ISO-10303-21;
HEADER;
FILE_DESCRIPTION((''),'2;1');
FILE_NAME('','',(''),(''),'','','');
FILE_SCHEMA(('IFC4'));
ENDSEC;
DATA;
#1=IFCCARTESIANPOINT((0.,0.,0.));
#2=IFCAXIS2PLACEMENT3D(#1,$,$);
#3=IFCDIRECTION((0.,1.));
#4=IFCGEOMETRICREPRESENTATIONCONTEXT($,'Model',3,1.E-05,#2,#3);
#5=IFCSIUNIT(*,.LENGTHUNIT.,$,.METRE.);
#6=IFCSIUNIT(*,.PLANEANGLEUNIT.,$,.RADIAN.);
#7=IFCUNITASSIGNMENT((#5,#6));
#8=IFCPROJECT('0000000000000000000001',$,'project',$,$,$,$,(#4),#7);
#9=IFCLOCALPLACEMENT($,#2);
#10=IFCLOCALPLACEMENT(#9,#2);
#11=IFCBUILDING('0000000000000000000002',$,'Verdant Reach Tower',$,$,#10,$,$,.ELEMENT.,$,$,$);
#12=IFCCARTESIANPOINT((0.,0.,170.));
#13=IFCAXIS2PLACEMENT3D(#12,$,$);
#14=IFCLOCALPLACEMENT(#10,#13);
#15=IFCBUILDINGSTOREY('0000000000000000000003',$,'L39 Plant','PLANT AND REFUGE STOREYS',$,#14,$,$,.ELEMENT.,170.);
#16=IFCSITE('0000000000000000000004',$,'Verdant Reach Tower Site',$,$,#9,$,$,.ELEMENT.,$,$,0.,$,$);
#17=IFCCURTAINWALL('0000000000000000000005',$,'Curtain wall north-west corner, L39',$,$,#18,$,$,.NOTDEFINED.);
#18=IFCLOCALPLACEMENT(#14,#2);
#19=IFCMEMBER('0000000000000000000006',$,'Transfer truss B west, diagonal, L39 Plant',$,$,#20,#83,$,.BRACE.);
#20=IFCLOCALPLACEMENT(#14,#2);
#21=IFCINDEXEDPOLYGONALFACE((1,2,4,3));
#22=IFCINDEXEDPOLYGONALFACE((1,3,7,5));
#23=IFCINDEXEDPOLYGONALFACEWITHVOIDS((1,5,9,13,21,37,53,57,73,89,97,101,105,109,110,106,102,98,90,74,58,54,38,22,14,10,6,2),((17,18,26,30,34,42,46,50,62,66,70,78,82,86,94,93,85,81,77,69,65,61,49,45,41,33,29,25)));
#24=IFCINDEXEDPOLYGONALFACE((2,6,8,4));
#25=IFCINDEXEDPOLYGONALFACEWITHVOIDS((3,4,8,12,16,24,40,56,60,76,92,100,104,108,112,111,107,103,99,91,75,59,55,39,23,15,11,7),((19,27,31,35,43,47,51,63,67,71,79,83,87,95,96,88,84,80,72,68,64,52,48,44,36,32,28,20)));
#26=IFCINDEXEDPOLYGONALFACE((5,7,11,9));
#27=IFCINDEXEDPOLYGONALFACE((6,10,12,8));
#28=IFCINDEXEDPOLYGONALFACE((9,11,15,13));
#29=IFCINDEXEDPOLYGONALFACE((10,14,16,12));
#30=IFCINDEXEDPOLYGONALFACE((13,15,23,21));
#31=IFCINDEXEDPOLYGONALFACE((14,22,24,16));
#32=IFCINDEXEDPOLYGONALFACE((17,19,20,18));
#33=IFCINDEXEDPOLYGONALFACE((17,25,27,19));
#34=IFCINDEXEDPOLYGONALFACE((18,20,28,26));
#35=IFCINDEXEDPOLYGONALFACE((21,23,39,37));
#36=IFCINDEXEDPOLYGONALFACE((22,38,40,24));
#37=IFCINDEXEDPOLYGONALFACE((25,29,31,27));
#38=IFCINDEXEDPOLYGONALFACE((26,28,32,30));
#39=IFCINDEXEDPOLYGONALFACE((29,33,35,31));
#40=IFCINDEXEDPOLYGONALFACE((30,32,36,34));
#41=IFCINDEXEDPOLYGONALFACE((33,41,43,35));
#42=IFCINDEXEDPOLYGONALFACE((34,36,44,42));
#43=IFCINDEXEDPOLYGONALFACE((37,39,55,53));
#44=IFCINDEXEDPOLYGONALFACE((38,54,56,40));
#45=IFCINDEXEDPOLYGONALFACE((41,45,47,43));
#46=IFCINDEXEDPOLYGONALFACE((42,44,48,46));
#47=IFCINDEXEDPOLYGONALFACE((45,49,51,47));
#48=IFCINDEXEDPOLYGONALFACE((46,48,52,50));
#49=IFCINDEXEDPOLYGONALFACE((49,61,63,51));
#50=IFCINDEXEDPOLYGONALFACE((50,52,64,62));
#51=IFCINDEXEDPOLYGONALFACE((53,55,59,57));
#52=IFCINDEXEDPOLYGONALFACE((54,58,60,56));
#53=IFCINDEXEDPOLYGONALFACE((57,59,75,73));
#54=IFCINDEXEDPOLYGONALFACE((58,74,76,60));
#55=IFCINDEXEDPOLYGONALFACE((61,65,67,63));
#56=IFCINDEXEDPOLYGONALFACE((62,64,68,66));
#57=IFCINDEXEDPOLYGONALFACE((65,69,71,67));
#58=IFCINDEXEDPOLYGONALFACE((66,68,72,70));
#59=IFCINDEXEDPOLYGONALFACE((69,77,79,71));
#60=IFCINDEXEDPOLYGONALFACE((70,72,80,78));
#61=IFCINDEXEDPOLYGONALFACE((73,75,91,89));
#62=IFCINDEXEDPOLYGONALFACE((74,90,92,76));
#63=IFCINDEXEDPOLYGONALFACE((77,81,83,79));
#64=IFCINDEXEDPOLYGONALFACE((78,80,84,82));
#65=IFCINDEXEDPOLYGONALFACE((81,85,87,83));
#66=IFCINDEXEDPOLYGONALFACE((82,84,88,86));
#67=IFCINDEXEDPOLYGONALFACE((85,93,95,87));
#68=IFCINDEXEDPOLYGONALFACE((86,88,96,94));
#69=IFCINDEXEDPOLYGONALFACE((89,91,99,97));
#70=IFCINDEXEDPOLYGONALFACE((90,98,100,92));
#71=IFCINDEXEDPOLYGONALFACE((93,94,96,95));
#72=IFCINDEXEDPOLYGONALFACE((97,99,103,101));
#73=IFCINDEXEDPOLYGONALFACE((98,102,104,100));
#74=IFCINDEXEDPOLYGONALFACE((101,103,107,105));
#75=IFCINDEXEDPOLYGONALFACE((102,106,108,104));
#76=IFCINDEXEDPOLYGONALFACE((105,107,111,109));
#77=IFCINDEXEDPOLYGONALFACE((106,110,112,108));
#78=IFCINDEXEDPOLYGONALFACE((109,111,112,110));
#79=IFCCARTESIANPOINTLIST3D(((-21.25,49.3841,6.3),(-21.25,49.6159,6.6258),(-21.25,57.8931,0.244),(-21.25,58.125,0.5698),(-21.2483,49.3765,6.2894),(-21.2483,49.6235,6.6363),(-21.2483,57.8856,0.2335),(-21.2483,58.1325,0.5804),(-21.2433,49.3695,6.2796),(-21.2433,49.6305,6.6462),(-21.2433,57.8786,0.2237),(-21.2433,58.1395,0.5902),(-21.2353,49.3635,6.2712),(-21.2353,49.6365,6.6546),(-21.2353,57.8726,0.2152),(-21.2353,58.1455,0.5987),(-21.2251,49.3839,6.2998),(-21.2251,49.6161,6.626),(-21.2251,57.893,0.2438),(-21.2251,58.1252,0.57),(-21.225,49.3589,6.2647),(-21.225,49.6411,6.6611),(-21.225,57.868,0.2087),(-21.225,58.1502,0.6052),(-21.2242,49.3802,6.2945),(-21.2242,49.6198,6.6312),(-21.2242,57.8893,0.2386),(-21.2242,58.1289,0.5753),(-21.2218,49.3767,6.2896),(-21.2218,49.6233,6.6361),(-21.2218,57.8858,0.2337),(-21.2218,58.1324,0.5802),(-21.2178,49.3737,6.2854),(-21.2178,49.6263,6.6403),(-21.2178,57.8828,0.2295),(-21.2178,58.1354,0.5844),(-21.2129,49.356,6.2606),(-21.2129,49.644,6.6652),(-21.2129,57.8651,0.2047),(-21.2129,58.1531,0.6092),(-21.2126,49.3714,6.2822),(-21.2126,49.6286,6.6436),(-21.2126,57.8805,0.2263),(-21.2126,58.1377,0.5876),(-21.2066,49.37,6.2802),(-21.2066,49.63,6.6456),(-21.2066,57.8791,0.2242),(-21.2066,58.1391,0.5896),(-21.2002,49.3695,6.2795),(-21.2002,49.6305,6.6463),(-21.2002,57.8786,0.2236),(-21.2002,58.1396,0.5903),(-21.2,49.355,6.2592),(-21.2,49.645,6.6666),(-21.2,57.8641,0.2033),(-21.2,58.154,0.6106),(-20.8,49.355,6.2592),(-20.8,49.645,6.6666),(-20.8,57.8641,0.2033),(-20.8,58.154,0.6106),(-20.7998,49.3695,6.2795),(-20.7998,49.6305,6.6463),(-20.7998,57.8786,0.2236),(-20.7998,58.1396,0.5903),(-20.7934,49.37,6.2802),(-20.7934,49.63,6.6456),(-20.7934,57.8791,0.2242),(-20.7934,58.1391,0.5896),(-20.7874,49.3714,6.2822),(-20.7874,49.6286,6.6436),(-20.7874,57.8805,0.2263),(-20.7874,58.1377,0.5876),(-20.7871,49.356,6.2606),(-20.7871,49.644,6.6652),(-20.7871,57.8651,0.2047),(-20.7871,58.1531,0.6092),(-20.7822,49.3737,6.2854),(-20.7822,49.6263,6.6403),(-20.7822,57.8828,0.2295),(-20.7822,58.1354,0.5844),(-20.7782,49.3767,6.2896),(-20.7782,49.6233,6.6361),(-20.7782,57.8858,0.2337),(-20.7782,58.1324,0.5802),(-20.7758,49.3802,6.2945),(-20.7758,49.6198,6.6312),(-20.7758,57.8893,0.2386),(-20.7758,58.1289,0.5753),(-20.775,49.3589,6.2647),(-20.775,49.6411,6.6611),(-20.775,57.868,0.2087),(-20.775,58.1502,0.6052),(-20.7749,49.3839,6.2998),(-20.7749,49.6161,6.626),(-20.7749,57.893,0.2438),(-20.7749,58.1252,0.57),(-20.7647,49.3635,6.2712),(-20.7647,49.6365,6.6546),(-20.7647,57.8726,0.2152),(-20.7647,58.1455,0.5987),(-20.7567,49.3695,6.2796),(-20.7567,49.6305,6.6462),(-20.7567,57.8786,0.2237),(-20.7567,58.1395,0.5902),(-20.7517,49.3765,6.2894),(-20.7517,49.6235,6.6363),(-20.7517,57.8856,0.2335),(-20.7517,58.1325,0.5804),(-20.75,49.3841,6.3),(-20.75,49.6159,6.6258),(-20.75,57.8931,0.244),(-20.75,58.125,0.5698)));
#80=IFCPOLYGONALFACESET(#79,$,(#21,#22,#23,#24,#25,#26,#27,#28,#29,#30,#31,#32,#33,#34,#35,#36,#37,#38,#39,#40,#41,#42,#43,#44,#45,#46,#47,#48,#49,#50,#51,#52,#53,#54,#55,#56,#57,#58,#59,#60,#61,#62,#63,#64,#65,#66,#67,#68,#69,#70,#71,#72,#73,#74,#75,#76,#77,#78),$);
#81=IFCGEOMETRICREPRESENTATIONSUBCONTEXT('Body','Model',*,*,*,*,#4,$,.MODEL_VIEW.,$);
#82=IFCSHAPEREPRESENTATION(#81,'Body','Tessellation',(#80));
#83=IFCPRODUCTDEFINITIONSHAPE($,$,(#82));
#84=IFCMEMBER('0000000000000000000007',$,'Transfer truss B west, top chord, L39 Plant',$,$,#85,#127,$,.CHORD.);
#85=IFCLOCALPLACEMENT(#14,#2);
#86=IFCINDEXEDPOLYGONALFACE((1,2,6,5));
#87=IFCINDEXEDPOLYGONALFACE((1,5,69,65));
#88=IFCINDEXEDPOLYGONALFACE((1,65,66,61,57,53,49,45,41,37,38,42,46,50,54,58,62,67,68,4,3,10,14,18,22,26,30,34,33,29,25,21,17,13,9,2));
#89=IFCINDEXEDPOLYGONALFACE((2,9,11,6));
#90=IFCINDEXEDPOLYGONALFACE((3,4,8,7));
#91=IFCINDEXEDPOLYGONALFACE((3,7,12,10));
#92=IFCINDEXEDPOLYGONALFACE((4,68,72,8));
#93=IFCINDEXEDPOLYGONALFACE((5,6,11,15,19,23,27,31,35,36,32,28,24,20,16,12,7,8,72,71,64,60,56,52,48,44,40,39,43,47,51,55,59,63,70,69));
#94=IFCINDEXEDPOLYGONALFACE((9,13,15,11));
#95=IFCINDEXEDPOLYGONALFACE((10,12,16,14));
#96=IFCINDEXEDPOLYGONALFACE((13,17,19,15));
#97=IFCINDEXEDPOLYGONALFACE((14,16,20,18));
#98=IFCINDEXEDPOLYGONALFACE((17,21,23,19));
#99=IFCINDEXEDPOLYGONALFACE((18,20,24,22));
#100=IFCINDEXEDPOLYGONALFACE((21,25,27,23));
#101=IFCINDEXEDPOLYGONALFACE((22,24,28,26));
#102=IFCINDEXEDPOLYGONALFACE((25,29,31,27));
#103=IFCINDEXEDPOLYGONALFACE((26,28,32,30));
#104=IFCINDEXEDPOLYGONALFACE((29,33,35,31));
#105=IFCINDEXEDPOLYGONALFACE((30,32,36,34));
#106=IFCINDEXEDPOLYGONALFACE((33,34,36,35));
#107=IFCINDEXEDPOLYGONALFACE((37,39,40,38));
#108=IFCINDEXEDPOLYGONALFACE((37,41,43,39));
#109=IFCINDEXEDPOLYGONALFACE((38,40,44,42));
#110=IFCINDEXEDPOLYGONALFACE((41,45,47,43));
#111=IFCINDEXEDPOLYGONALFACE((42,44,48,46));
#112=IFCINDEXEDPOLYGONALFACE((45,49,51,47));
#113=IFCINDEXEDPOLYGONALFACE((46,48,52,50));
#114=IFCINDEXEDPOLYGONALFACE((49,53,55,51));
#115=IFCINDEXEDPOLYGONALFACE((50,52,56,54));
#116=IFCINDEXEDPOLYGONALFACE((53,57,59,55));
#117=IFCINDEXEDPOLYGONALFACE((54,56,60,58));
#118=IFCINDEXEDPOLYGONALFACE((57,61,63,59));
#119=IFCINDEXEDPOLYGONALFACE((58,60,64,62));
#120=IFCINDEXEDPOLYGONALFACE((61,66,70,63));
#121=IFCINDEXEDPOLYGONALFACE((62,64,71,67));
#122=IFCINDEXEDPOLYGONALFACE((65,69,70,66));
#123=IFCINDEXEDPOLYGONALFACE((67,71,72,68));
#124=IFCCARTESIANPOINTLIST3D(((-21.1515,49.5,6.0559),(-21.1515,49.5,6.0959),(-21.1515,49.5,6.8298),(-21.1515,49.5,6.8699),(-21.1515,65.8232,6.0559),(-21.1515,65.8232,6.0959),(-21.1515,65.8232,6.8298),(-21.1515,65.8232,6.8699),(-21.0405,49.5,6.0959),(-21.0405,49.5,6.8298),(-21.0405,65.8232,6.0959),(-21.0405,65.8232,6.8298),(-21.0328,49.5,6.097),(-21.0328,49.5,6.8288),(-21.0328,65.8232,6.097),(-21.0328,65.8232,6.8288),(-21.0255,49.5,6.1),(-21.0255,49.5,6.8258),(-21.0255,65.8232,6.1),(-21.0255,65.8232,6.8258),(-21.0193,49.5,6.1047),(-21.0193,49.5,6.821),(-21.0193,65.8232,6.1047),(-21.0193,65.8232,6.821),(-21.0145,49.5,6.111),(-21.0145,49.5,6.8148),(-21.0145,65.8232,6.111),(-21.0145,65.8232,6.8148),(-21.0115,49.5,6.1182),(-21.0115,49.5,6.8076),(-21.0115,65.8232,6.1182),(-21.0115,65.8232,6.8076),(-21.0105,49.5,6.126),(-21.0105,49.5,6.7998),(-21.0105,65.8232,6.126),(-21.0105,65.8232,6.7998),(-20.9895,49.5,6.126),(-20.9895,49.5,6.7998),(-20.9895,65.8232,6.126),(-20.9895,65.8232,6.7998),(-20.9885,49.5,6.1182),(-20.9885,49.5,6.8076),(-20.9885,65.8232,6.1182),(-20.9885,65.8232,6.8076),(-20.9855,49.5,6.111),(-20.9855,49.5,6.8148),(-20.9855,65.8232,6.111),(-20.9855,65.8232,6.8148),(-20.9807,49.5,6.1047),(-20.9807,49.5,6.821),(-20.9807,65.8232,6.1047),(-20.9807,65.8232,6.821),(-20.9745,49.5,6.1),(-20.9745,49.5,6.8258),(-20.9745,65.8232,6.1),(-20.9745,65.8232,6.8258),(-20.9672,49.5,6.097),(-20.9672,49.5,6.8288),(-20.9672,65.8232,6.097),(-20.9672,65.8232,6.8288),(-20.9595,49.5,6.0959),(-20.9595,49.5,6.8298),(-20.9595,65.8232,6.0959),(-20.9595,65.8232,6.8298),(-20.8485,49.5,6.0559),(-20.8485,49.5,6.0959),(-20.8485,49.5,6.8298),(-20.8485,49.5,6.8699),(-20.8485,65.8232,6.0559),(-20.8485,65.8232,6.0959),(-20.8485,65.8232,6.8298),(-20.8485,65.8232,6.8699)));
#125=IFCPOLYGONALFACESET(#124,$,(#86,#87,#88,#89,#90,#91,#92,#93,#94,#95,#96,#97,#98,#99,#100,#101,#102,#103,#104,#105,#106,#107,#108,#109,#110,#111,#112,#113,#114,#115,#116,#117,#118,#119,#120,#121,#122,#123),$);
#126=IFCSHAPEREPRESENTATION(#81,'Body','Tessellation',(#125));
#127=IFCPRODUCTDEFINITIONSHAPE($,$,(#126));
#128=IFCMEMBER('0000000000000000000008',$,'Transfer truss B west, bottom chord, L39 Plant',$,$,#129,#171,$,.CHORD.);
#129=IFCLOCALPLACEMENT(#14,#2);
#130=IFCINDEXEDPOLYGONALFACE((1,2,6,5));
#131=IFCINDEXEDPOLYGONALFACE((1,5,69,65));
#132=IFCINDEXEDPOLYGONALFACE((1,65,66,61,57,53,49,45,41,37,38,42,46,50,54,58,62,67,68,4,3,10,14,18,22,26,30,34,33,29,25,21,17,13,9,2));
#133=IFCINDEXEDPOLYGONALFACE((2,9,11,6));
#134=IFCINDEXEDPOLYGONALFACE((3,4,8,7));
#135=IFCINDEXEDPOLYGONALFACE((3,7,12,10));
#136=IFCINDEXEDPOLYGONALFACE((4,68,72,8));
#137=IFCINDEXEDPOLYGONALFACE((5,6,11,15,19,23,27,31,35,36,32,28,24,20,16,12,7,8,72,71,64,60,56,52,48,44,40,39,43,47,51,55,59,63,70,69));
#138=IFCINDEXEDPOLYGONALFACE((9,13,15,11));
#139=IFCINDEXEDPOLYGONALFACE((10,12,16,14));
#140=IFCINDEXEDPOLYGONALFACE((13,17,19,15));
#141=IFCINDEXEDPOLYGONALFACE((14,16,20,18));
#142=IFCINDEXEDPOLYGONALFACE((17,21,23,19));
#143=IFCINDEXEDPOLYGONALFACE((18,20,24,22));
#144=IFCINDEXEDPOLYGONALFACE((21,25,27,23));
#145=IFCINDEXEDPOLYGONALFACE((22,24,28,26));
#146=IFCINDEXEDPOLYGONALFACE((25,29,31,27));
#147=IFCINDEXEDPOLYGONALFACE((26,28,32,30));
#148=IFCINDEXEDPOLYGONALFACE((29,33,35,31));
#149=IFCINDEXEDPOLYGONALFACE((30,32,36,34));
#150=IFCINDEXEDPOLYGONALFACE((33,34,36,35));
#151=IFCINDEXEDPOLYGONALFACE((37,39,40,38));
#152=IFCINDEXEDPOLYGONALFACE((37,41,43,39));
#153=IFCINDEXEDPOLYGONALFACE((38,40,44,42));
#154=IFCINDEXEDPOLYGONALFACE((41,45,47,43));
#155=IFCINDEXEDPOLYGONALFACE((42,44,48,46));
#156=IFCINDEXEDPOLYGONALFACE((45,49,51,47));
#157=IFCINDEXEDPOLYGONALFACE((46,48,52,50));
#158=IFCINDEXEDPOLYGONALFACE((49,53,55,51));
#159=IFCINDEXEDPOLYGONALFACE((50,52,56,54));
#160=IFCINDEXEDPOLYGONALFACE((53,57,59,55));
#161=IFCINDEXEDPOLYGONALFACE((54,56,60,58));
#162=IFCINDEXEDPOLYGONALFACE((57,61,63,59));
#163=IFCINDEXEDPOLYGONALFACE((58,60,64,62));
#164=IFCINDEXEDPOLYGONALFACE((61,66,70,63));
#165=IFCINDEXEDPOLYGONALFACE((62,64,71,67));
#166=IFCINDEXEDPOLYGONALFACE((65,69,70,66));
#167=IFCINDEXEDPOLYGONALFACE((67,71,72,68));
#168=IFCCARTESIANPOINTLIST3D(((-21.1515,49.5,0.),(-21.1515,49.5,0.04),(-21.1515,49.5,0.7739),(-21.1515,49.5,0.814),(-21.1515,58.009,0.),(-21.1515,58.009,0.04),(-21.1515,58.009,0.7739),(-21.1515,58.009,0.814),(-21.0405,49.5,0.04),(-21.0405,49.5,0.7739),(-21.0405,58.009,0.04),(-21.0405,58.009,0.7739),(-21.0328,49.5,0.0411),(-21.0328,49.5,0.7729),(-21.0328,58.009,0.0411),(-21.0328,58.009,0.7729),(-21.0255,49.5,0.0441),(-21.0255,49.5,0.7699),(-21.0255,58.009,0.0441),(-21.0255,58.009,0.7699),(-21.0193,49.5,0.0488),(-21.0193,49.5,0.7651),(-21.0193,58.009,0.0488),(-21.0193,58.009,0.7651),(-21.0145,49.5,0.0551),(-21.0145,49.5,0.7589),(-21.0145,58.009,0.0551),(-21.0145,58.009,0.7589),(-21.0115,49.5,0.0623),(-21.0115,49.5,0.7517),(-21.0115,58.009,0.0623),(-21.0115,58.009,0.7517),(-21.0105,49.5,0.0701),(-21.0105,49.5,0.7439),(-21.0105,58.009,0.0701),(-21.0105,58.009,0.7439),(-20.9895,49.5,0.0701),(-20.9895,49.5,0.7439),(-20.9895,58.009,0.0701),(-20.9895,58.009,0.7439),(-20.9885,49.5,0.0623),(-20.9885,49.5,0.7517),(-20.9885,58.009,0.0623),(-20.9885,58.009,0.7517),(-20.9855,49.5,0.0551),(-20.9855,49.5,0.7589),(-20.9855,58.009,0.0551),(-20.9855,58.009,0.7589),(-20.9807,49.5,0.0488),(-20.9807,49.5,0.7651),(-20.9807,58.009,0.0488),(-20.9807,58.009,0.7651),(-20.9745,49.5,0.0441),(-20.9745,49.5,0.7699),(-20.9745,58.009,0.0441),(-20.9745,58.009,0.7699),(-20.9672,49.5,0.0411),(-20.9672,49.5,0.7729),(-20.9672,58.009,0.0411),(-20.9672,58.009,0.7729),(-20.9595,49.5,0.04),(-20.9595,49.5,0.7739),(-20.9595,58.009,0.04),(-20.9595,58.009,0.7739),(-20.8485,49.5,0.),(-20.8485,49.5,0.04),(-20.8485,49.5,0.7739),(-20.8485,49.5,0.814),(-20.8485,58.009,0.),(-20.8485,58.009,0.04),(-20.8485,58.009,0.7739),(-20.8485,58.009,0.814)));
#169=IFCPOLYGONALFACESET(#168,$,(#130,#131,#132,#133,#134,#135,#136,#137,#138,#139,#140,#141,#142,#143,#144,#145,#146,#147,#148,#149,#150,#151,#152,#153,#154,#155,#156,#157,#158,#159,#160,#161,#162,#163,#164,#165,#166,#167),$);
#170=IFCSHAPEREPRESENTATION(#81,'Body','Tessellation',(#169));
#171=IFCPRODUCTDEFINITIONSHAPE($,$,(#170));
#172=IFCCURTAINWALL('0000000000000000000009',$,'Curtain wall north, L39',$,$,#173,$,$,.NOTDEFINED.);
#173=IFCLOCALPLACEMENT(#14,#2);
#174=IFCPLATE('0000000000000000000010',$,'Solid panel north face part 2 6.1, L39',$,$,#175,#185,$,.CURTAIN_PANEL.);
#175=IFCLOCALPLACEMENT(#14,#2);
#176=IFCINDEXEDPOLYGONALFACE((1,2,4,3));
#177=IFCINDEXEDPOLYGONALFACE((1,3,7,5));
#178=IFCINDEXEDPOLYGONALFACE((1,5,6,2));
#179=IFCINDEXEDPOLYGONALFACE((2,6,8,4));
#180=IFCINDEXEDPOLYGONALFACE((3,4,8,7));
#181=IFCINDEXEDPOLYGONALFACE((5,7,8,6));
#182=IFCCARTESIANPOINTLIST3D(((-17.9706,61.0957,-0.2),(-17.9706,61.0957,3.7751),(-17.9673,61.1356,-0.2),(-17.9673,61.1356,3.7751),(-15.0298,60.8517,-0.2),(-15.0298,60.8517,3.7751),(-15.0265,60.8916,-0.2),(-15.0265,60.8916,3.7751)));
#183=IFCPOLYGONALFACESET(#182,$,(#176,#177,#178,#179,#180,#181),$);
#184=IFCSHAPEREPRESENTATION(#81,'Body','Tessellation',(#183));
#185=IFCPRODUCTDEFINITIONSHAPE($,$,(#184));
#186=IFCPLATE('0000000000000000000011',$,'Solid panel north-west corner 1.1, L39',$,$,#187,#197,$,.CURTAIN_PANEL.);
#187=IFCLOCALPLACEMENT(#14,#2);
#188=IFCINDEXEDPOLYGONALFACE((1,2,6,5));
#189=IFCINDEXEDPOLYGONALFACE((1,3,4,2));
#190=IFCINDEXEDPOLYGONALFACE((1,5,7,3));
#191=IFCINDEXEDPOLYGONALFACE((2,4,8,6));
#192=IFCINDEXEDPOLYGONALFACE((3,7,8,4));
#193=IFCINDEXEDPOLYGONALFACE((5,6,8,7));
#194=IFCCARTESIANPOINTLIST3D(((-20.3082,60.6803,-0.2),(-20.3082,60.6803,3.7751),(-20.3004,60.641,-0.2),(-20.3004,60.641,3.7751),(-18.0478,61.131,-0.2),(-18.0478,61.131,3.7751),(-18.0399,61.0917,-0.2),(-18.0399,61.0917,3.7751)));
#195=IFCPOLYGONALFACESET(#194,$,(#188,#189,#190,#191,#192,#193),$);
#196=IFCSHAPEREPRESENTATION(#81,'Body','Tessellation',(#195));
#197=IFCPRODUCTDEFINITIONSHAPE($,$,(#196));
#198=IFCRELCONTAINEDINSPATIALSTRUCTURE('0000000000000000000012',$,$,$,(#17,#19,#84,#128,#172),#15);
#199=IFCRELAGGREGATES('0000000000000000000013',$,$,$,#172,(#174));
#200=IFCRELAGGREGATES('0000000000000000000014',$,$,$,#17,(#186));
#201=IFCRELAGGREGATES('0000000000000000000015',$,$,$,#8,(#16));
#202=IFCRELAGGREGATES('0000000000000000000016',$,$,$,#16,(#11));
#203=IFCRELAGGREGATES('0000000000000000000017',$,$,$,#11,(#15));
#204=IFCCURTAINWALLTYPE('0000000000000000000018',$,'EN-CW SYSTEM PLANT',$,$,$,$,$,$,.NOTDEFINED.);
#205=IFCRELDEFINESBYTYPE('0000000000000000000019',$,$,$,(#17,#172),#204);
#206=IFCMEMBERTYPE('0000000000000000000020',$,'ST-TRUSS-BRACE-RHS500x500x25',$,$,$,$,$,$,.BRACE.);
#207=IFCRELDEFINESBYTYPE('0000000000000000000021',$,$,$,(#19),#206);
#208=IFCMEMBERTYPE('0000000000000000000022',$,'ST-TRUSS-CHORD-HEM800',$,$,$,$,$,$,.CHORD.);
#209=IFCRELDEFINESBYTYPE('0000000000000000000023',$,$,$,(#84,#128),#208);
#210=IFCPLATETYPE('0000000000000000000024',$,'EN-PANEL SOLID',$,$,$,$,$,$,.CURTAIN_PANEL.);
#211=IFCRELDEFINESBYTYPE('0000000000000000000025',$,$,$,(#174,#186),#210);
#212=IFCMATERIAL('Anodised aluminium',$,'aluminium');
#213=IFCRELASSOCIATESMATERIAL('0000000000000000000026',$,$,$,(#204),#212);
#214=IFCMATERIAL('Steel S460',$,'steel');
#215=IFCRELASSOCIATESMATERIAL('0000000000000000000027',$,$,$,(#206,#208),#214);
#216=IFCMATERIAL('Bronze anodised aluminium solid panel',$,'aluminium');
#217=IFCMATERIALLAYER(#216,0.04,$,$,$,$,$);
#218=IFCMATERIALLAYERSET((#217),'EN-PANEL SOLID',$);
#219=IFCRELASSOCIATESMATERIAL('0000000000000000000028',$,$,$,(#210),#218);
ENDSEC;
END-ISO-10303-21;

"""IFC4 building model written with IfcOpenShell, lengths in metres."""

from ifc_helpers import new_model, si_unit, direction, frame, origin, origin_2d, place, context, subcontext, project, spatial, rectangle, hollow_rectangle, i_section, extrude, material, layer, layer_set, material_profile, profile_set, type_object, element, aggregate, save


model = new_model("IFC4")

# Units and contexts
model_context = context("Model", 3, precision=1e-05, world=origin(), true_north=direction((0.0, 1.0)))
body_context = subcontext(model_context, "Body", "Model", "MODEL_VIEW")
ifc_project = project(units=[si_unit("LENGTHUNIT", "METRE"), si_unit("PLANEANGLEUNIT", "RADIAN")], contexts=[model_context])

# Site, building, storey
site_placement = place(None, origin())
site = spatial("IfcSite", under=ifc_project, at=site_placement, Name="Verdant Reach Tower Site", CompositionType="ELEMENT", RefElevation=0.0)
building_placement = place(site_placement, origin())
building = spatial("IfcBuilding", under=site, at=building_placement, Name="Verdant Reach Tower", CompositionType="ELEMENT")
storey_placement = place(building_placement, frame((0.0, 0.0, 170.0)))
storey = spatial("IfcBuildingStorey", under=building, at=storey_placement, Name="L39 Plant", Description="PLANT AND REFUGE STOREYS", CompositionType="ELEMENT", Elevation=170.0)

# Shared definitions
ifc_material_1 = material(Name="Steel S460", Category="steel")

# Curtain wall
ifc_material_2 = material(Name="Anodised aluminium", Category="aluminium")
curtain_wall_type = type_object("IfcCurtainWallType", Name="EN-CW SYSTEM PLANT", PredefinedType="NOTDEFINED", material=ifc_material_2)
curtain_wall_1_placement = place(storey_placement, origin())
curtain_wall_1 = element("IfcCurtainWall", 1, at=curtain_wall_1_placement, inside=storey, type_object=curtain_wall_type, Name="Curtain wall north-west corner, L39", PredefinedType="NOTDEFINED")

# Members
ifc_material_profile_1 = material_profile(ifc_material_1, hollow_rectangle(XDim=0.5, YDim=0.5, WallThickness=0.0249, InnerFilletRadius=0.0249, OuterFilletRadius=0.05, at=origin_2d()), Name="RHS 500x500x25")
ifc_profile_set_1 = profile_set([ifc_material_profile_1], Name="Steel S460")
member_type_1 = type_object("IfcMemberType", Name="ST-TRUSS-BRACE-RHS500x500x25", PredefinedType="BRACE", material=ifc_profile_set_1)
member_1_placement = place(storey_placement, frame((-21.0, 49.5, 6.4629), z_axis=(0.0, 0.814727, -0.579844), x_axis=(-1.0, 0.0, 0.0)))
element("IfcMember", 2, at=member_1_placement, inside=storey, type_object=member_type_1, Name="Transfer truss B west, diagonal, L39 Plant", PredefinedType="BRACE", context=body_context, shape_type="SweptSolid", body=[
    extrude(hollow_rectangle(XDim=0.5, YDim=0.5, WallThickness=0.0249, InnerFilletRadius=0.0249, OuterFilletRadius=0.05, at=origin_2d()), origin(), (0.0, 0.0, 1.0), 10.4441),
])
ifc_material_profile_2 = material_profile(ifc_material_1, i_section(OverallWidth=0.303, OverallDepth=0.814, WebThickness=0.021, FlangeThickness=0.04, FilletRadius=0.03, at=origin_2d()), Name="HEM 800")
ifc_profile_set_2 = profile_set([ifc_material_profile_2], Name="Steel S460")
member_type_2 = type_object("IfcMemberType", Name="ST-TRUSS-CHORD-HEM800", PredefinedType="CHORD", material=ifc_profile_set_2)
member_2_placement = place(storey_placement, frame((-21.0, 49.5, 6.4629), z_axis=(0.0, 1.0, 0.0), x_axis=(-1.0, 0.0, 0.0)))
element("IfcMember", 3, at=member_2_placement, inside=storey, type_object=member_type_2, Name="Transfer truss B west, top chord, L39 Plant", PredefinedType="CHORD", context=body_context, shape_type="SweptSolid", body=[
    extrude(i_section(OverallWidth=0.303, OverallDepth=0.814, WebThickness=0.021, FlangeThickness=0.04, FilletRadius=0.03, at=origin_2d()), origin(), (0.0, 0.0, 1.0), 16.3232),
])
member_3_placement = place(storey_placement, frame((-21.0, 49.5, 0.407), z_axis=(0.0, 1.0, 0.0), x_axis=(-1.0, 0.0, 0.0)))
element("IfcMember", 4, at=member_3_placement, inside=storey, type_object=member_type_2, Name="Transfer truss B west, bottom chord, L39 Plant", PredefinedType="CHORD", context=body_context, shape_type="SweptSolid", body=[
    extrude(i_section(OverallWidth=0.303, OverallDepth=0.814, WebThickness=0.021, FlangeThickness=0.04, FilletRadius=0.03, at=origin_2d()), origin(), (0.0, 0.0, 1.0), 8.509),
])

# Curtain wall, plate
curtain_wall_2_placement = place(storey_placement, origin())
curtain_wall_2 = element("IfcCurtainWall", 5, at=curtain_wall_2_placement, inside=storey, type_object=curtain_wall_type, Name="Curtain wall north, L39", PredefinedType="NOTDEFINED")
ifc_material_3 = material(Name="Bronze anodised aluminium solid panel", Category="aluminium")
ifc_layer_1 = layer(ifc_material_3, 0.04)
ifc_layer_set_1 = layer_set([ifc_layer_1], Name="EN-PANEL SOLID")
plate_type_1 = type_object("IfcPlateType", Name="EN-PANEL SOLID", PredefinedType="CURTAIN_PANEL", material=ifc_layer_set_1)
plate_1_placement = place(storey_placement, frame((-16.4985, 60.9937, -0.2), z_axis=(0.0, 0.0, 1.0), x_axis=(-0.996578, 0.082664, 0.0)))
plate_1 = element("IfcPlate", 6, at=plate_1_placement, type_object=plate_type_1, Name="Solid panel north face part 2 6.1, L39", PredefinedType="CURTAIN_PANEL", context=body_context, shape_type="SweptSolid", body=[
    extrude(rectangle(XDim=2.9509, YDim=0.04, at=origin_2d()), origin(), (0.0, 0.0, 1.0), 3.9751),
])

# Plate
plate_2_placement = place(storey_placement, frame((-19.1741, 60.886, -0.2), z_axis=(0.0, 0.0, 1.0), x_axis=(-0.980695, -0.195545, 0.0)))
plate_2 = element("IfcPlate", 7, at=plate_2_placement, type_object=plate_type_1, Name="Solid panel north-west corner 1.1, L39", PredefinedType="CURTAIN_PANEL", context=body_context, shape_type="SweptSolid", body=[
    extrude(rectangle(XDim=2.3049, YDim=0.04, at=origin_2d()), origin(), (0.0, 0.0, 1.0), 3.9751),
])

aggregate(curtain_wall_2, [plate_1])
aggregate(curtain_wall_1, [plate_2])

save(model, "model.ifc")
